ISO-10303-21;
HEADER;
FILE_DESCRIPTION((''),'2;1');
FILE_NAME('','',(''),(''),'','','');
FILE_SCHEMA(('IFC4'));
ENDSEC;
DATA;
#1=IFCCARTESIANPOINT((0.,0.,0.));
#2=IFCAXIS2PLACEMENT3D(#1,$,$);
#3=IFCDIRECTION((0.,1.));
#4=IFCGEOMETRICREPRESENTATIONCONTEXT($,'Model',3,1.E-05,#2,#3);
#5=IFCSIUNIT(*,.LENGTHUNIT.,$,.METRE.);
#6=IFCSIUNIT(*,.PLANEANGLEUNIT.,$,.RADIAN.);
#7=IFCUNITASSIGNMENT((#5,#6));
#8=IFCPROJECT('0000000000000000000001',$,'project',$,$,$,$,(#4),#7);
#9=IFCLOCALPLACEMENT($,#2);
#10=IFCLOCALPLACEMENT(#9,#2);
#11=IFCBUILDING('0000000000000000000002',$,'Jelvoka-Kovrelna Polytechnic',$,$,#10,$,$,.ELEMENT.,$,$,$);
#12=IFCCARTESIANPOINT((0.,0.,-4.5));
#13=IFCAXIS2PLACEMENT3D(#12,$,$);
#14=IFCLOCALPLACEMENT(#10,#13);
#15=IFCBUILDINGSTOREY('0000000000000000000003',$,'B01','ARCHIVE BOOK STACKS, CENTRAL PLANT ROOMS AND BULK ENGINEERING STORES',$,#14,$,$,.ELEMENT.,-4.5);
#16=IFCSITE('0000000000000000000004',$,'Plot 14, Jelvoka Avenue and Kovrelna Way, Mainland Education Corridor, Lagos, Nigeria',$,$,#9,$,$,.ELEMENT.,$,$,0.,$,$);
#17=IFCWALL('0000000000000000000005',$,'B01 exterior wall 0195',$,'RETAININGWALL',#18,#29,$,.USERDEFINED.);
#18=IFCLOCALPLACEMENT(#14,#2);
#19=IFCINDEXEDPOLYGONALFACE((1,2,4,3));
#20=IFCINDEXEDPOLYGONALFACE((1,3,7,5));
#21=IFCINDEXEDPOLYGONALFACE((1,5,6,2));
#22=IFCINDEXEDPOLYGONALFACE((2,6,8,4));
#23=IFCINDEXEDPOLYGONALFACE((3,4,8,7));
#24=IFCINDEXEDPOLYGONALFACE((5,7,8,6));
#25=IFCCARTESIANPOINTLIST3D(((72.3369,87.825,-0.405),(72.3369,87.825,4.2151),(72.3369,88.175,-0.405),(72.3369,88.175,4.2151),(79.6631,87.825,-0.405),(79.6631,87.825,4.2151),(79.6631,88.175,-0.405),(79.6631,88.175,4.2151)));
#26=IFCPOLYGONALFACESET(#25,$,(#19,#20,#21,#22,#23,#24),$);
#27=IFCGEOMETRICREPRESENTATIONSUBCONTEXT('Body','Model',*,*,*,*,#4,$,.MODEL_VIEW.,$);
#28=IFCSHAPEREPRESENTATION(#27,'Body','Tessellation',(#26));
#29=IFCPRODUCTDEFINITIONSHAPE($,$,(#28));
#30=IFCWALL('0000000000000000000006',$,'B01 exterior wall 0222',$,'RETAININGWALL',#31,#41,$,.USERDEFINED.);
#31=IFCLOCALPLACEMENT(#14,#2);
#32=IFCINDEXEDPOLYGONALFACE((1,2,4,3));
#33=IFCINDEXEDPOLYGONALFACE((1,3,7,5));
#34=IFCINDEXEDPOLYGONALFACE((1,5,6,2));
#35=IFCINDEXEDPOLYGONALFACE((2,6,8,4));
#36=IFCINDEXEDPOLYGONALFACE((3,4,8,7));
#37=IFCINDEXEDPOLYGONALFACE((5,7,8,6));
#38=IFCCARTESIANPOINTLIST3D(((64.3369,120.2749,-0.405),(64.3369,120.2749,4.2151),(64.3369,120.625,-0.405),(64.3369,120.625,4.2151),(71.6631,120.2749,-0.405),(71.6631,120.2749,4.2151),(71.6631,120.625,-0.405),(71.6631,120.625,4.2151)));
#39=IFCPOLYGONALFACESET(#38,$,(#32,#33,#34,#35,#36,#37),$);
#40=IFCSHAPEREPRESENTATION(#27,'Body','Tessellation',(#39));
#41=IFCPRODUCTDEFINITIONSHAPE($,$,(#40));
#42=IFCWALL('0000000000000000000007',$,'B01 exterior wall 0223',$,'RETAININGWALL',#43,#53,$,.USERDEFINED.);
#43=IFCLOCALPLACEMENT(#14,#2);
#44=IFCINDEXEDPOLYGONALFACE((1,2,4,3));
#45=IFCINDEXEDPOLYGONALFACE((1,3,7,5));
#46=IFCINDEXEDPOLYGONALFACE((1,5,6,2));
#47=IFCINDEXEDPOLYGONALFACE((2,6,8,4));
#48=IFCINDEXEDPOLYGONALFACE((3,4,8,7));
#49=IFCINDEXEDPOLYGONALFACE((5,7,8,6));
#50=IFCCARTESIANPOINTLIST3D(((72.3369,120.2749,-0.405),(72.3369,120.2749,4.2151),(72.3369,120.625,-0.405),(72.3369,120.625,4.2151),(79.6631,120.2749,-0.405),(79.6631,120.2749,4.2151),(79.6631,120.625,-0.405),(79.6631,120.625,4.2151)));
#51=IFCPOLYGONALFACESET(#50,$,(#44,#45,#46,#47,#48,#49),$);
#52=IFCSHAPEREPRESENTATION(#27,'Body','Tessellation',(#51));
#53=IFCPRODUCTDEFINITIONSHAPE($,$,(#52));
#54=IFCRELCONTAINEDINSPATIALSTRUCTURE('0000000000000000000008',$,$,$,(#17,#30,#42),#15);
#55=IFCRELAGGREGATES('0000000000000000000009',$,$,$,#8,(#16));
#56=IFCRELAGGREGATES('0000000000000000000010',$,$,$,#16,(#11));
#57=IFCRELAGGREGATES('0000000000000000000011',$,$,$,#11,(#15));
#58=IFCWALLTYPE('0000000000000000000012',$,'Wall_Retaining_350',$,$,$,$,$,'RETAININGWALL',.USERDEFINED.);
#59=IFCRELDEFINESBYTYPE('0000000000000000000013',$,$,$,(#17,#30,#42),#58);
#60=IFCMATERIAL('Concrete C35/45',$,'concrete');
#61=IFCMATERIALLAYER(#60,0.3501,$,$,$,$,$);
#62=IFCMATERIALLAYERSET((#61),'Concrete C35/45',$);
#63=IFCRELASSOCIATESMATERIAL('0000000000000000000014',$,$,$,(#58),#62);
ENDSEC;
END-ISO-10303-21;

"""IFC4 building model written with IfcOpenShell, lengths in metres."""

from ifc_helpers import new_model, si_unit, direction, frame, frame_2d, origin, place, context, subcontext, project, spatial, rectangle, extrude, material, layer, layer_set, type_object, element, save


model = new_model("IFC4")

# Units and contexts
model_context = context("Model", 3, precision=1e-05, world=origin(), true_north=direction((0.0, 1.0)))
body_context = subcontext(model_context, "Body", "Model", "MODEL_VIEW")
ifc_project = project(units=[si_unit("LENGTHUNIT", "METRE"), si_unit("PLANEANGLEUNIT", "RADIAN")], contexts=[model_context])

# Site, building, storey
site_placement = place(None, origin())
site = spatial("IfcSite", under=ifc_project, at=site_placement, Name="Plot 14, Jelvoka Avenue and Kovrelna Way, Mainland Education Corridor, Lagos, Nigeria", CompositionType="ELEMENT", RefElevation=0.0)
building_placement = place(site_placement, origin())
building = spatial("IfcBuilding", under=site, at=building_placement, Name="Jelvoka-Kovrelna Polytechnic", CompositionType="ELEMENT")
storey_placement = place(building_placement, frame((0.0, 0.0, -4.5)))
storey = spatial("IfcBuildingStorey", under=building, at=storey_placement, Name="B01", Description="ARCHIVE BOOK STACKS, CENTRAL PLANT ROOMS AND BULK ENGINEERING STORES", CompositionType="ELEMENT", Elevation=-4.5)

# Walls
ifc_material_1 = material(Name="Concrete C35/45", Category="concrete")
ifc_layer = layer(ifc_material_1, 0.3501)
ifc_layer_set = layer_set([ifc_layer], Name="Concrete C35/45")
wall_type = type_object("IfcWallType", Name="Wall_Retaining_350", ElementType="RETAININGWALL", PredefinedType="USERDEFINED", material=ifc_layer_set)
for number, where, z_axis, x_axis, name in (
    (1, (72.3369, 88.0, -0.405), (0.0, 0.0, 1.0), (1.0, 0.0, 0.0), "B01 exterior wall 0195"),
    (2, (64.3369, 120.45, -0.405), (0.0, 0.0, 1.0), (1.0, 0.0, 0.0), "B01 exterior wall 0222"),
    (3, (72.3369, 120.45, -0.405), (0.0, 0.0, 1.0), (1.0, 0.0, 0.0), "B01 exterior wall 0223"),
):
    element("IfcWall", number, at=place(storey_placement, frame(where, z_axis=z_axis, x_axis=x_axis)), inside=storey, type_object=wall_type, Name=name, ObjectType="RETAININGWALL", PredefinedType="USERDEFINED", context=body_context, shape_type="SweptSolid", body=[
        extrude(rectangle(XDim=7.3262, YDim=0.3501, at=frame_2d((3.6631, 0.0))), origin(), (0.0, 0.0, 1.0), 4.6201),
    ])

save(model, "model.ifc")
